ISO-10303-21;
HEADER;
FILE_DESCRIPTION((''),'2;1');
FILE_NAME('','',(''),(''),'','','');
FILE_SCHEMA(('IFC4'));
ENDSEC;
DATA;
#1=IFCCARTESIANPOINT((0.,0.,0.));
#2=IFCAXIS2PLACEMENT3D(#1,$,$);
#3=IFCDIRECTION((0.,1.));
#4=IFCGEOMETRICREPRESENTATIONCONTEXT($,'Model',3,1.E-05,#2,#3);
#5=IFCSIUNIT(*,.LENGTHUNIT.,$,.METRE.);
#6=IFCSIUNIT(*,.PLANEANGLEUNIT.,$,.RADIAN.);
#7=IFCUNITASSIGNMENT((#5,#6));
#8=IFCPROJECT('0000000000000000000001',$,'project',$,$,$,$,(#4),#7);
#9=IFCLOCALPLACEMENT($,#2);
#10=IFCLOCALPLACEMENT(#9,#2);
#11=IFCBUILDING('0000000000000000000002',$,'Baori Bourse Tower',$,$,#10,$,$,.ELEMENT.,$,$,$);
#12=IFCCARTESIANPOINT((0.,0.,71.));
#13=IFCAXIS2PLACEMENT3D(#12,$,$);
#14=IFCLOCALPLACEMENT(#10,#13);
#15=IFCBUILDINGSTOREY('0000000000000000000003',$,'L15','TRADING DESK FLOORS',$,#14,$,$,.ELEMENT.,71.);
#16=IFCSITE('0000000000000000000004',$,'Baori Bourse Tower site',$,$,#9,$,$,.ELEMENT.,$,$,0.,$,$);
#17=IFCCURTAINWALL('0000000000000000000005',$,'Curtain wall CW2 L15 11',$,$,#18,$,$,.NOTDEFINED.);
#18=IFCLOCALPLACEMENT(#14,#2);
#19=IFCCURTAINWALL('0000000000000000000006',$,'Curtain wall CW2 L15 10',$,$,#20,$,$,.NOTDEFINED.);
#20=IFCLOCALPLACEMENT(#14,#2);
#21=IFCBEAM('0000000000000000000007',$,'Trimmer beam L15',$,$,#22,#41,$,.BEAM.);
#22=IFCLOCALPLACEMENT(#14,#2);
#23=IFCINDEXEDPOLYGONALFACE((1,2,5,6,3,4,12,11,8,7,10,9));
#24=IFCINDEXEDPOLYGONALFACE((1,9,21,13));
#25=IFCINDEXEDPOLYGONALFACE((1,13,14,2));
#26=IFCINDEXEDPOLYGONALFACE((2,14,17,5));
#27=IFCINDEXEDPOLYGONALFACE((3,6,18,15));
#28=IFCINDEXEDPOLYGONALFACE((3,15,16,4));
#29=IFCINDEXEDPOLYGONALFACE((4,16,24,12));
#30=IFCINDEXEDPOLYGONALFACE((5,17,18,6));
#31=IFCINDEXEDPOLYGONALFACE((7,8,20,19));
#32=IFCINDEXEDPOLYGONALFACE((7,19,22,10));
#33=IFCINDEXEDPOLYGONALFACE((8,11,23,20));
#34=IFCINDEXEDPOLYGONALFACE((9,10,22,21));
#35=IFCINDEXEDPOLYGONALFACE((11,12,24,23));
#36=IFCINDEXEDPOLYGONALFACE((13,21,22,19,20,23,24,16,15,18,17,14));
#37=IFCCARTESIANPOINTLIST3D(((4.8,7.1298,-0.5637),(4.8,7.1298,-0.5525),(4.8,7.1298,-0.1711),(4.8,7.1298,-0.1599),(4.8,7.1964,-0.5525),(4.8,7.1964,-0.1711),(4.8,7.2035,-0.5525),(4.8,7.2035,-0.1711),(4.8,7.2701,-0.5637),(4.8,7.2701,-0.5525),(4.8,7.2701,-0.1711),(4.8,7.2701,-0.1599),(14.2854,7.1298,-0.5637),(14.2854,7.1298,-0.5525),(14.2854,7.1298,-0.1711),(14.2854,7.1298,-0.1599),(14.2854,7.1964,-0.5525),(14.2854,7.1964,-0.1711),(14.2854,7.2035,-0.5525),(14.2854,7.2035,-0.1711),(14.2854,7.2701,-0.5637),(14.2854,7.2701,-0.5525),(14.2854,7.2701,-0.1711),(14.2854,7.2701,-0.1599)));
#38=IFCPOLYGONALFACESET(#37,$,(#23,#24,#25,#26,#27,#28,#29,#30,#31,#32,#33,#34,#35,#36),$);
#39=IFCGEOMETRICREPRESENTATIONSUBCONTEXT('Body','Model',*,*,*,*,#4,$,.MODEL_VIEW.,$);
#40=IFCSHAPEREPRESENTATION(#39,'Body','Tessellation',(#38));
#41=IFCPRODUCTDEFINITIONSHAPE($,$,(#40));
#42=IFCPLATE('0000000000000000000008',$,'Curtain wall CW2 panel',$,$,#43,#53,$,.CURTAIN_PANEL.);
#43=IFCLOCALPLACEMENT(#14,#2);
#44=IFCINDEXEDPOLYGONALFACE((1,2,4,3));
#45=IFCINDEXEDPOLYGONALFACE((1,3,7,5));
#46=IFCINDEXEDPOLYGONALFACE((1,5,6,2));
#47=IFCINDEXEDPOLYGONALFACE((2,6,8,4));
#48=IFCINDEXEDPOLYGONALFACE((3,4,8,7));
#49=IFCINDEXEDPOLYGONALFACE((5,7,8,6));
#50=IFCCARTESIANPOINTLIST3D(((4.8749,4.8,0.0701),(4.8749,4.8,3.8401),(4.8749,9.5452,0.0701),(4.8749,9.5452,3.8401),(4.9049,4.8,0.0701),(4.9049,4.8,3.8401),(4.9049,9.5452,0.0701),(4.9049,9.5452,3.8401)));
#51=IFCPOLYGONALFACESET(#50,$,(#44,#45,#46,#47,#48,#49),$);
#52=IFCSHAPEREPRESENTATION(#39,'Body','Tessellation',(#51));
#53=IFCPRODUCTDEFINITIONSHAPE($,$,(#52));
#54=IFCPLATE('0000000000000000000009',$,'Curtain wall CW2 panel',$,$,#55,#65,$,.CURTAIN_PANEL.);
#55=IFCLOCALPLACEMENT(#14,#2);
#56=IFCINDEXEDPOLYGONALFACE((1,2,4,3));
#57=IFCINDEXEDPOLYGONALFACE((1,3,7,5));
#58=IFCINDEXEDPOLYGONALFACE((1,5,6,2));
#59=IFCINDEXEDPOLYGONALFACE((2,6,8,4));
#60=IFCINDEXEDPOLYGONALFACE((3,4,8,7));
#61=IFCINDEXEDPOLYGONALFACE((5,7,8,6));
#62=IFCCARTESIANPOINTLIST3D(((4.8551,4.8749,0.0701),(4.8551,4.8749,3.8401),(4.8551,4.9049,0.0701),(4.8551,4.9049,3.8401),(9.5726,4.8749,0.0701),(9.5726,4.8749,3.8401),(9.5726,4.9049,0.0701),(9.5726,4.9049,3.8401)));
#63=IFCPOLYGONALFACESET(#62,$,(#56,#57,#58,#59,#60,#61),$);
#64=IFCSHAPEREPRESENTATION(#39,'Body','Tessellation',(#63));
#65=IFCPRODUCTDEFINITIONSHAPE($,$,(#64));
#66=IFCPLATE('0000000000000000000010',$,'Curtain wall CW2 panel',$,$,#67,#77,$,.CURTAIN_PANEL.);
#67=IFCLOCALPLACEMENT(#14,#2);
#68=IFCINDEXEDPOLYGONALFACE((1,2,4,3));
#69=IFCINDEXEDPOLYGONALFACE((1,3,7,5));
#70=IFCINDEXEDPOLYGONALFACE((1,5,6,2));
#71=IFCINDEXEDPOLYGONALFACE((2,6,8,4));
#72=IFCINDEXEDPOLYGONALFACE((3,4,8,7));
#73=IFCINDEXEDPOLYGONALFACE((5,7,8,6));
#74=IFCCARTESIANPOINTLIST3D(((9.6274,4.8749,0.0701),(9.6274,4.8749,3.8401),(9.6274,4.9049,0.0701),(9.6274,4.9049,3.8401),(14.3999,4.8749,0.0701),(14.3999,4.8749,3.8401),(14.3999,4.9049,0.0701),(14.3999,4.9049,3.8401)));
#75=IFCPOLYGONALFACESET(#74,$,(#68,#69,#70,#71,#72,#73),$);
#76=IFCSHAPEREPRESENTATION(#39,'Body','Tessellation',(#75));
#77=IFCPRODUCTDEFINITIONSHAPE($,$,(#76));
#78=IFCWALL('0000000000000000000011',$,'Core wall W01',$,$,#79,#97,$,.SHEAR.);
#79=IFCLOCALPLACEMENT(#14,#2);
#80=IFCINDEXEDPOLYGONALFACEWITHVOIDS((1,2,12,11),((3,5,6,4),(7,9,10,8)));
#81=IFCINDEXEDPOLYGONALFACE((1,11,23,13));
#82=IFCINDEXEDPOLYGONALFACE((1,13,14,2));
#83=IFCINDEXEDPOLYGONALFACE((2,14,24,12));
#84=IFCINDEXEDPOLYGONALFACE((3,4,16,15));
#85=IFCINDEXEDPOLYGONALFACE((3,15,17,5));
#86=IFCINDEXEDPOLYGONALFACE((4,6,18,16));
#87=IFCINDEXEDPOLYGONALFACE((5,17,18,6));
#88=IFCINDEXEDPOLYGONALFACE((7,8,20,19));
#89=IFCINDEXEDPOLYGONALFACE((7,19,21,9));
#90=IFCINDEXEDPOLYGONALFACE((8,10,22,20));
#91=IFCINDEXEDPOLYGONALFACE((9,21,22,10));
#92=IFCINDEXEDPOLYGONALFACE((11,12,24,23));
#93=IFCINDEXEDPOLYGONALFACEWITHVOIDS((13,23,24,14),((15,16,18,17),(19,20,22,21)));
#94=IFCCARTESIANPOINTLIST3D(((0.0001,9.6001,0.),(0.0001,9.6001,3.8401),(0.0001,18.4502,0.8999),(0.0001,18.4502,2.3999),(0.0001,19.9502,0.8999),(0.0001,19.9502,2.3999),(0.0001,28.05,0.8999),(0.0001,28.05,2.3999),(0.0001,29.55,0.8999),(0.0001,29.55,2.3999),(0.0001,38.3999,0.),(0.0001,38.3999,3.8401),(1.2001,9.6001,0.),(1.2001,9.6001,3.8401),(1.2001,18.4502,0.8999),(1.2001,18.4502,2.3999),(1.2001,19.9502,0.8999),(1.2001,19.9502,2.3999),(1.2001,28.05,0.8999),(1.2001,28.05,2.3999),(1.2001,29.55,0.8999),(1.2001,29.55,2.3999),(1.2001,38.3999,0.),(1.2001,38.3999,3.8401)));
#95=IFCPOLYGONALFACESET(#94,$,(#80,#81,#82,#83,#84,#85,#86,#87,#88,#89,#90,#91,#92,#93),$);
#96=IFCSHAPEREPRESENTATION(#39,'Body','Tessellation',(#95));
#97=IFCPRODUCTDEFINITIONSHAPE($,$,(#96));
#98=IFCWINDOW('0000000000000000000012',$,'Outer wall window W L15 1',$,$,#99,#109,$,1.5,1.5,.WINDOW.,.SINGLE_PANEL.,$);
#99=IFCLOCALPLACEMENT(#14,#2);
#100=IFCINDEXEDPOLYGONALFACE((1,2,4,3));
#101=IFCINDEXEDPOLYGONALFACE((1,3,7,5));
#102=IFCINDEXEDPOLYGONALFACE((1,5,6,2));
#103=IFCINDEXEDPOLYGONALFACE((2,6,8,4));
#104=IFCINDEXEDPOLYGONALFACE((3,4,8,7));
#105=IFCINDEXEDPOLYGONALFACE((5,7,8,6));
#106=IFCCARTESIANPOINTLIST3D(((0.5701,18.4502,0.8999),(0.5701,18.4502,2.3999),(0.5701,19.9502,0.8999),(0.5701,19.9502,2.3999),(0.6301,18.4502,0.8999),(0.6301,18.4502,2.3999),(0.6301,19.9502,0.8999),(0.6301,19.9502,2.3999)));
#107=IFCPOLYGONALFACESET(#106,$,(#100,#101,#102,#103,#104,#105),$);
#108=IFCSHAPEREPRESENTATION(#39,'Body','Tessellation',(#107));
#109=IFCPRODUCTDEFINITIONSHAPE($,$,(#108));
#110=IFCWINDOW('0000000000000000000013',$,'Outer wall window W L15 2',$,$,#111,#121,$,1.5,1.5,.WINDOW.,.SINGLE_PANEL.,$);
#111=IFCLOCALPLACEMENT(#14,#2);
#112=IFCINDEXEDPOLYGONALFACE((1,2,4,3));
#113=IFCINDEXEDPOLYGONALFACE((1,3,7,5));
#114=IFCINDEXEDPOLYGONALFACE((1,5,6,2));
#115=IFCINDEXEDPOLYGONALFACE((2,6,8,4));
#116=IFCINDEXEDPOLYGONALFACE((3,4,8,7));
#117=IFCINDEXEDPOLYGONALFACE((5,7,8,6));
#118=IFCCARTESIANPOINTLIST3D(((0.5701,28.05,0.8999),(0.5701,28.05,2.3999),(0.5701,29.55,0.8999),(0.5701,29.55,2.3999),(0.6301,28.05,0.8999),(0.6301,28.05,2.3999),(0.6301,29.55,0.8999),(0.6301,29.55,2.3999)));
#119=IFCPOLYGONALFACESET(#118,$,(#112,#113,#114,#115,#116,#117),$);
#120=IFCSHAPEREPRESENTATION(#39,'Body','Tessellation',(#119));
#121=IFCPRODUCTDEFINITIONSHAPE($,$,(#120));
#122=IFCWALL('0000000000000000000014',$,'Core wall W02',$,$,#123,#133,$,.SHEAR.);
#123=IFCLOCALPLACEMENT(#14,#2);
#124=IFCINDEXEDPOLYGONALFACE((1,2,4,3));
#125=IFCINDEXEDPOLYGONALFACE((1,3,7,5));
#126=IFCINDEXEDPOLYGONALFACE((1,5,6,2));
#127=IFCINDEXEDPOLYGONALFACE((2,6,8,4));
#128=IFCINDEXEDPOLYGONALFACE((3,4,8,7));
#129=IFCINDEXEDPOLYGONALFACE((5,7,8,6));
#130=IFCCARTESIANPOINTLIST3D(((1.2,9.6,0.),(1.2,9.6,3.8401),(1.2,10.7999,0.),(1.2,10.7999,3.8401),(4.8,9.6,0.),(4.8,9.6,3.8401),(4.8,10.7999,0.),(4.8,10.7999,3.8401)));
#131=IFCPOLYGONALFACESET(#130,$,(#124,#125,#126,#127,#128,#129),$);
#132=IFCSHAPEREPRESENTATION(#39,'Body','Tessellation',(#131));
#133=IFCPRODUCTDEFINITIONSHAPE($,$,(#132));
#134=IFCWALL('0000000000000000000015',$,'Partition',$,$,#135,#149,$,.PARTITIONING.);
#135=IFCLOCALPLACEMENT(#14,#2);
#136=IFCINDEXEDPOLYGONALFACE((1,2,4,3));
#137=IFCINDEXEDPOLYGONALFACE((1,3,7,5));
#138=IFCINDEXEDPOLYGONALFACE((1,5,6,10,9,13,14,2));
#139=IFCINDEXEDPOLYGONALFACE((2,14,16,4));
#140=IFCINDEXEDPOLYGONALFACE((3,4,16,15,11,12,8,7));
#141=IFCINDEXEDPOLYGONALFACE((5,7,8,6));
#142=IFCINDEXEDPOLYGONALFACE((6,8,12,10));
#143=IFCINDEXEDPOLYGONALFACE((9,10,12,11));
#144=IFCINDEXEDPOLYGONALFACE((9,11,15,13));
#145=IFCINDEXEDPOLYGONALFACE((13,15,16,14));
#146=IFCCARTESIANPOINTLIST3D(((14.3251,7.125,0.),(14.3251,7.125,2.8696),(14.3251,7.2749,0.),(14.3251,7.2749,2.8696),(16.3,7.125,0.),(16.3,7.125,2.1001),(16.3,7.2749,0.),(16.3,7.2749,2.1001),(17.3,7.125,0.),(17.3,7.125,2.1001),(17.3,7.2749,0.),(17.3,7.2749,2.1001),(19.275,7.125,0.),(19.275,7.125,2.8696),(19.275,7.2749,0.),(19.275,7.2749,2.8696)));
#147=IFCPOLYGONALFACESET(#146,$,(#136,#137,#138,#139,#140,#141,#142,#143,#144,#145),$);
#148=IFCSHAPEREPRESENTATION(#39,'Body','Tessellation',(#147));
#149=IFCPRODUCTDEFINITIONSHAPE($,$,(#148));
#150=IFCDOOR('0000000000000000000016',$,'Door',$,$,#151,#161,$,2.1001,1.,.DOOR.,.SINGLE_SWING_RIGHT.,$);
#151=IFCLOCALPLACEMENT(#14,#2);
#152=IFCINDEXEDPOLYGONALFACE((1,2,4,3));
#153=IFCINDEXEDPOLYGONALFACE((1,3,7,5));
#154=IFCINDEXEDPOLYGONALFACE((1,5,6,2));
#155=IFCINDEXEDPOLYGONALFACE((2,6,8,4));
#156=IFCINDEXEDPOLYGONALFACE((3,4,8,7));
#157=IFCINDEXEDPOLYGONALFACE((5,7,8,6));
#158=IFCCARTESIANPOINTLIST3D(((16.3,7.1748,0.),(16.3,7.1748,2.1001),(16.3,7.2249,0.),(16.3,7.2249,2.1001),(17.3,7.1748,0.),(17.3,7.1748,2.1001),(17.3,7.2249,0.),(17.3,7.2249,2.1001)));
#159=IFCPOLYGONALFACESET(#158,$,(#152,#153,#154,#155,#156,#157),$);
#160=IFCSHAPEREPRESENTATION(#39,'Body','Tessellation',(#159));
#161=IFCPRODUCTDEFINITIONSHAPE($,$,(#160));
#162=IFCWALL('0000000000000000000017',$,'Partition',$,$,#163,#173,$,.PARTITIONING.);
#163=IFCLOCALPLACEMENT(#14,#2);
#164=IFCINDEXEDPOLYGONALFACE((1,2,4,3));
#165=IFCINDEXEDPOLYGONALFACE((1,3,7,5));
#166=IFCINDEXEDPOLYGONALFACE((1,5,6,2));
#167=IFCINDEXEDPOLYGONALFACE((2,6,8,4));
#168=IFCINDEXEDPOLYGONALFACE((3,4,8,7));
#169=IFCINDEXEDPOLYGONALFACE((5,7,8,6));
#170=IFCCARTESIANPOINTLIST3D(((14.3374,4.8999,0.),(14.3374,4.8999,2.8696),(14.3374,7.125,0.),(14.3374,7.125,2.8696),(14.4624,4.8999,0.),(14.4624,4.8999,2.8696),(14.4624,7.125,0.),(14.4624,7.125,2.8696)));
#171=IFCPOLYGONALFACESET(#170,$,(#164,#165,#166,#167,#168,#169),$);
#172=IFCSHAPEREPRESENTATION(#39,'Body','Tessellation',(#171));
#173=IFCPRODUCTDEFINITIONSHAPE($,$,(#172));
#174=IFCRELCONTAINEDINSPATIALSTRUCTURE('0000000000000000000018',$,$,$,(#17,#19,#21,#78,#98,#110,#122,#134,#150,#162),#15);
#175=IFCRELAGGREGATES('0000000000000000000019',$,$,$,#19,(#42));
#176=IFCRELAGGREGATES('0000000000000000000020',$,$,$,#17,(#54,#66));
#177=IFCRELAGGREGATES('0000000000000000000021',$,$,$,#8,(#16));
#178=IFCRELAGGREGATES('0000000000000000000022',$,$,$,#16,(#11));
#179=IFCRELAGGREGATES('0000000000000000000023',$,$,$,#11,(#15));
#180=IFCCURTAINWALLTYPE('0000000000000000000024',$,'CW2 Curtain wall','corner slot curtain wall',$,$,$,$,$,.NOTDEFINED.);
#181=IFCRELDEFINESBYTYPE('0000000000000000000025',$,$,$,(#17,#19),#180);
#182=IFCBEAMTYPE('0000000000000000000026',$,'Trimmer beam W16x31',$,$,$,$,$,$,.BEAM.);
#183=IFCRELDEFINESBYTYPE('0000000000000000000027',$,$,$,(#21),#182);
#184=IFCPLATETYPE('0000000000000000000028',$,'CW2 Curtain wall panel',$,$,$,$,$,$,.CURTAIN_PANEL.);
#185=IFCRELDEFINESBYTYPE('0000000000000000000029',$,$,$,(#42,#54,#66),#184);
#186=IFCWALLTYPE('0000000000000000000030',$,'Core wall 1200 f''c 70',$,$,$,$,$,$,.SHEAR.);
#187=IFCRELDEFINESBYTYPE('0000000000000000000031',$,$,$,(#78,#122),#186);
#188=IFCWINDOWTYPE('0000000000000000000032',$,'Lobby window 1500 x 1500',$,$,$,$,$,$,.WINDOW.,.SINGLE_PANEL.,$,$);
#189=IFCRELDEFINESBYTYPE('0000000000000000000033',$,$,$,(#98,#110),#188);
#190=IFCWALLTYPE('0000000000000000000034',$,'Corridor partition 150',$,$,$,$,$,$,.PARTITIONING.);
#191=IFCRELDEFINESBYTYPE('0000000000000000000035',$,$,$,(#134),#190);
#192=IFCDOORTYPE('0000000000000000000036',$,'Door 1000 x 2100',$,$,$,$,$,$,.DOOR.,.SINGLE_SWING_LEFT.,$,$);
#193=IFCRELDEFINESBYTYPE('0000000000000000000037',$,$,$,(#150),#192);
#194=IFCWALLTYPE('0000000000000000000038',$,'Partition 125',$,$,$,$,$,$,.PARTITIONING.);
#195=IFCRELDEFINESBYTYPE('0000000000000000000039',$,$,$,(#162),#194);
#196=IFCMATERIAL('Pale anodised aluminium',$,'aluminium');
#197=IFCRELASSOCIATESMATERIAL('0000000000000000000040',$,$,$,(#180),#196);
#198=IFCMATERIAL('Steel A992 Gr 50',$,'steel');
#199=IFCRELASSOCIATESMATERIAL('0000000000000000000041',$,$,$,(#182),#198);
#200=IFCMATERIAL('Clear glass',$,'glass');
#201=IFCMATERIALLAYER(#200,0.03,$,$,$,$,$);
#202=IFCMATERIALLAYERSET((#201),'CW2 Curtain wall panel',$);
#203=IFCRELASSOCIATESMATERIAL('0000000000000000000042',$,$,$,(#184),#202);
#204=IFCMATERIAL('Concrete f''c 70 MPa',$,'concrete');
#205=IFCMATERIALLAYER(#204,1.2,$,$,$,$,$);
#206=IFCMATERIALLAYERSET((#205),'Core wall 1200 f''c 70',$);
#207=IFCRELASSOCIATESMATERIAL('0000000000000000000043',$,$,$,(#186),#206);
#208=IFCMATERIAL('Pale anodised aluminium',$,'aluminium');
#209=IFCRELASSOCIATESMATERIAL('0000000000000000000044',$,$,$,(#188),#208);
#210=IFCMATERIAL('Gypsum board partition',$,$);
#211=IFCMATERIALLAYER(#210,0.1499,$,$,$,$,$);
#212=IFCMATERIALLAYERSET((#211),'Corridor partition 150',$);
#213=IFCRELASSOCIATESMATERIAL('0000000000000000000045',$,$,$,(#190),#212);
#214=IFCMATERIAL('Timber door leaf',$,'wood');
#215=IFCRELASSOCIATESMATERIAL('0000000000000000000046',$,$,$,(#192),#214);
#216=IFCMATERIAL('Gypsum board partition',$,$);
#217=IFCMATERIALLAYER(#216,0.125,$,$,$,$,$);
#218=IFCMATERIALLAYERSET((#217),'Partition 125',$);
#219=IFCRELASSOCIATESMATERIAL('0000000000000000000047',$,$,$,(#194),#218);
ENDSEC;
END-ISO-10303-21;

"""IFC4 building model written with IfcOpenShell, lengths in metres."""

from ifc_helpers import new_model, si_unit, direction, frame, frame_2d, origin, origin_2d, place, context, subcontext, project, spatial, rectangle, i_section, extrude, material, layer, layer_set, material_profile, profile_set, type_object, element, fill, aggregate, save


model = new_model("IFC4")

# Units and contexts
model_context = context("Model", 3, precision=1e-05, world=origin(), true_north=direction((0.0, 1.0)))
body_context = subcontext(model_context, "Body", "Model", "MODEL_VIEW")
ifc_project = project(units=[si_unit("LENGTHUNIT", "METRE"), si_unit("PLANEANGLEUNIT", "RADIAN")], contexts=[model_context])

# Site, building, storey
site_placement = place(None, origin())
site = spatial("IfcSite", under=ifc_project, at=site_placement, Name="Baori Bourse Tower site", CompositionType="ELEMENT", RefElevation=0.0)
building_placement = place(site_placement, origin())
building = spatial("IfcBuilding", under=site, at=building_placement, Name="Baori Bourse Tower", CompositionType="ELEMENT")
storey_placement = place(building_placement, frame((0.0, 0.0, 71.0)))
storey = spatial("IfcBuildingStorey", under=building, at=storey_placement, Name="L15", Description="TRADING DESK FLOORS", CompositionType="ELEMENT", Elevation=71.0)

# Curtain wall
ifc_material_1 = material(Name="Pale anodised aluminium", Category="aluminium")
curtain_wall_type = type_object("IfcCurtainWallType", Name="CW2 Curtain wall", Description="corner slot curtain wall", PredefinedType="NOTDEFINED", material=ifc_material_1)
curtain_wall_1_placement = place(storey_placement, origin())
curtain_wall_1 = element("IfcCurtainWall", 1, at=curtain_wall_1_placement, inside=storey, type_object=curtain_wall_type, Name="Curtain wall CW2 L15 11", PredefinedType="NOTDEFINED")

# Curtain wall
curtain_wall_2_placement = place(storey_placement, origin())
curtain_wall_2 = element("IfcCurtainWall", 2, at=curtain_wall_2_placement, inside=storey, type_object=curtain_wall_type, Name="Curtain wall CW2 L15 10", PredefinedType="NOTDEFINED")

# Beam
ifc_material_2 = material(Name="Steel A992 Gr 50", Category="steel")
ifc_material_profile_1 = material_profile(ifc_material_2, i_section(OverallWidth=0.1404, OverallDepth=0.4038, WebThickness=0.0071, FlangeThickness=0.0112, at=origin_2d()), Name="W16x31")
ifc_profile_set_1 = profile_set([ifc_material_profile_1], Name="Steel A992 Gr 50")
beam_type_1 = type_object("IfcBeamType", Name="Trimmer beam W16x31", PredefinedType="BEAM", material=ifc_profile_set_1)
beam_1_placement = place(storey_placement, frame((4.8, 7.2, -0.3618), z_axis=(1.0, 0.0, 0.0), x_axis=(0.0, 1.0, 0.0)))
element("IfcBeam", 3, at=beam_1_placement, inside=storey, type_object=beam_type_1, Name="Trimmer beam L15", PredefinedType="BEAM", context=body_context, shape_type="SweptSolid", body=[
    extrude(i_section(OverallWidth=0.1404, OverallDepth=0.4038, WebThickness=0.0071, FlangeThickness=0.0112, at=origin_2d()), origin(), (0.0, 0.0, 1.0), 9.4854),
])

# Plates
ifc_material_3 = material(Name="Clear glass", Category="glass")
ifc_layer_1 = layer(ifc_material_3, 0.03)
ifc_layer_set_1 = layer_set([ifc_layer_1], Name="CW2 Curtain wall panel")
plate_type = type_object("IfcPlateType", Name="CW2 Curtain wall panel", PredefinedType="CURTAIN_PANEL", material=ifc_layer_set_1)
plate_1_placement = place(storey_placement, frame((4.8899, 7.1726, 0.0701), z_axis=(0.0, 0.0, 1.0), x_axis=(0.0, -1.0, 0.0)))
plate_1 = element("IfcPlate", 4, at=plate_1_placement, type_object=plate_type, Name="Curtain wall CW2 panel", PredefinedType="CURTAIN_PANEL", context=body_context, shape_type="SweptSolid", body=[
    extrude(rectangle(XDim=4.7451, YDim=0.03, at=origin_2d()), origin(), (0.0, 0.0, 1.0), 3.77),
])
aggregate(curtain_wall_2, [plate_1])
plate_2_placement = place(storey_placement, frame((7.2139, 4.8899, 0.0701), z_axis=(0.0, 0.0, 1.0), x_axis=(1.0, 0.0, 0.0)))
plate_2 = element("IfcPlate", 5, at=plate_2_placement, type_object=plate_type, Name="Curtain wall CW2 panel", PredefinedType="CURTAIN_PANEL", context=body_context, shape_type="SweptSolid", body=[
    extrude(rectangle(XDim=4.7175, YDim=0.03, at=origin_2d()), origin(), (0.0, 0.0, 1.0), 3.77),
])
plate_3_placement = place(storey_placement, frame((12.0137, 4.8899, 0.0701), z_axis=(0.0, 0.0, 1.0), x_axis=(1.0, 0.0, 0.0)))
plate_3 = element("IfcPlate", 6, at=plate_3_placement, type_object=plate_type, Name="Curtain wall CW2 panel", PredefinedType="CURTAIN_PANEL", context=body_context, shape_type="SweptSolid", body=[
    extrude(rectangle(XDim=4.7725, YDim=0.03, at=origin_2d()), origin(), (0.0, 0.0, 1.0), 3.77),
])
aggregate(curtain_wall_1, [plate_2, plate_3])

# Wall, openings, windows
ifc_material_4 = material(Name="Concrete f'c 70 MPa", Category="concrete")
ifc_layer_2 = layer(ifc_material_4, 1.2)
ifc_layer_set_2 = layer_set([ifc_layer_2], Name="Core wall 1200 f'c 70")
wall_type_1 = type_object("IfcWallType", Name="Core wall 1200 f'c 70", PredefinedType="SHEAR", material=ifc_layer_set_2)
wall_1_placement = place(storey_placement, frame((0.6001, 9.6001, 0.0), z_axis=(0.0, 0.0, 1.0), x_axis=(0.0, 1.0, 0.0)))
wall_1 = element("IfcWall", 7, at=wall_1_placement, inside=storey, type_object=wall_type_1, Name="Core wall W01", PredefinedType="SHEAR", context=body_context, shape_type="SweptSolid", body=[
    extrude(rectangle(XDim=28.7998, YDim=1.2, at=frame_2d((14.3999, 0.0))), origin(), (0.0, 0.0, 1.0), 3.8401),
])
opening_1_placement = place(wall_1_placement, frame((8.8501, 0.0, 0.8999)))
opening_1 = element("IfcOpeningElement", 8, at=opening_1_placement, cuts=wall_1, PredefinedType="OPENING", context=body_context, shape_type="SweptSolid", body=[
    extrude(rectangle(XDim=1.5, YDim=1.5, at=frame_2d((0.75, 0.75))), frame((0.0, 0.6099, 0.0), z_axis=(0.0, -1.0, 0.0), x_axis=(1.0, 0.0, 0.0)), (0.0, 0.0, 1.0), 1.22),
])
opening_2_placement = place(wall_1_placement, frame((18.45, 0.0, 0.8999)))
opening_2 = element("IfcOpeningElement", 9, at=opening_2_placement, cuts=wall_1, PredefinedType="OPENING", context=body_context, shape_type="SweptSolid", body=[
    extrude(rectangle(XDim=1.5, YDim=1.5, at=frame_2d((0.75, 0.75))), frame((0.0, 0.6099, 0.0), z_axis=(0.0, -1.0, 0.0), x_axis=(1.0, 0.0, 0.0)), (0.0, 0.0, 1.0), 1.22),
])
ifc_material_5 = material(Name="Pale anodised aluminium", Category="aluminium")
window_type = type_object("IfcWindowType", Name="Lobby window 1500 x 1500", PartitioningType="SINGLE_PANEL", PredefinedType="WINDOW", material=ifc_material_5)
window_1_placement = place(opening_1_placement, origin())
window_1 = element("IfcWindow", 10, at=window_1_placement, inside=storey, type_object=window_type, Name="Outer wall window W L15 1", OverallHeight=1.5, OverallWidth=1.5, PartitioningType="SINGLE_PANEL", PredefinedType="WINDOW", context=body_context, shape_type="SweptSolid", body=[
    extrude(rectangle(XDim=1.5, YDim=1.5, at=frame_2d((0.75, 0.75))), frame((0.0, 0.03, 0.0), z_axis=(0.0, -1.0, 0.0), x_axis=(1.0, 0.0, 0.0)), (0.0, 0.0, 1.0), 0.0601),
])
fill(opening_1, window_1)
window_2_placement = place(opening_2_placement, origin())
window_2 = element("IfcWindow", 11, at=window_2_placement, inside=storey, type_object=window_type, Name="Outer wall window W L15 2", OverallHeight=1.5, OverallWidth=1.5, PartitioningType="SINGLE_PANEL", PredefinedType="WINDOW", context=body_context, shape_type="SweptSolid", body=[
    extrude(rectangle(XDim=1.5, YDim=1.5, at=frame_2d((0.75, 0.75))), frame((0.0, 0.03, 0.0), z_axis=(0.0, -1.0, 0.0), x_axis=(1.0, 0.0, 0.0)), (0.0, 0.0, 1.0), 0.0601),
])
fill(opening_2, window_2)

# Wall
wall_2_placement = place(storey_placement, frame((4.8, 10.2, 0.0), z_axis=(0.0, 0.0, 1.0), x_axis=(-1.0, 0.0, 0.0)))
element("IfcWall", 12, at=wall_2_placement, inside=storey, type_object=wall_type_1, Name="Core wall W02", PredefinedType="SHEAR", context=body_context, shape_type="SweptSolid", body=[
    extrude(rectangle(XDim=3.6001, YDim=1.2, at=frame_2d((1.8, 0.0))), origin(), (0.0, 0.0, 1.0), 3.8401),
])

# Wall, opening, door
ifc_material_6 = material(Name="Gypsum board partition")
ifc_layer_3 = layer(ifc_material_6, 0.1499)
ifc_layer_set_3 = layer_set([ifc_layer_3], Name="Corridor partition 150")
wall_type_2 = type_object("IfcWallType", Name="Corridor partition 150", PredefinedType="PARTITIONING", material=ifc_layer_set_3)
wall_3_placement = place(storey_placement, frame((14.325, 7.2, 0.0), z_axis=(0.0, 0.0, 1.0), x_axis=(1.0, 0.0, 0.0)))
wall_3 = element("IfcWall", 13, at=wall_3_placement, inside=storey, type_object=wall_type_2, Name="Partition", PredefinedType="PARTITIONING", context=body_context, shape_type="SweptSolid", body=[
    extrude(rectangle(XDim=4.95, YDim=0.1499, at=frame_2d((2.4751, 0.0))), origin(), (0.0, 0.0, 1.0), 2.8696),
])
opening_3_placement = place(wall_3_placement, frame((1.9751, 0.0, 0.0)))
opening_3 = element("IfcOpeningElement", 14, at=opening_3_placement, cuts=wall_3, PredefinedType="OPENING", context=body_context, shape_type="SweptSolid", body=[
    extrude(rectangle(XDim=1.0, YDim=2.1001, at=frame_2d((0.5, 1.05))), frame((0.0, 0.085, 0.0), z_axis=(0.0, -1.0, 0.0), x_axis=(1.0, 0.0, 0.0)), (0.0, 0.0, 1.0), 0.1699),
])
ifc_material_7 = material(Name="Timber door leaf", Category="wood")
door_type = type_object("IfcDoorType", Name="Door 1000 x 2100", OperationType="SINGLE_SWING_LEFT", PredefinedType="DOOR", material=ifc_material_7)
door_placement = place(opening_3_placement, origin())
door = element("IfcDoor", 15, at=door_placement, inside=storey, type_object=door_type, Name="Door", OperationType="SINGLE_SWING_RIGHT", OverallHeight=2.1001, OverallWidth=1.0, PredefinedType="DOOR", context=body_context, shape_type="SweptSolid", body=[
    extrude(rectangle(XDim=1.0, YDim=2.1001, at=frame_2d((0.5, 1.05))), frame((0.0, 0.0249, 0.0), z_axis=(0.0, -1.0, 0.0), x_axis=(1.0, 0.0, 0.0)), (0.0, 0.0, 1.0), 0.05),
])
fill(opening_3, door)

# Wall
ifc_material_8 = material(Name="Gypsum board partition")
ifc_layer_4 = layer(ifc_material_8, 0.125)
ifc_layer_set_4 = layer_set([ifc_layer_4], Name="Partition 125")
wall_type_3 = type_object("IfcWallType", Name="Partition 125", PredefinedType="PARTITIONING", material=ifc_layer_set_4)
wall_4_placement = place(storey_placement, frame((14.3999, 4.8999, 0.0), z_axis=(0.0, 0.0, 1.0), x_axis=(0.0, 1.0, 0.0)))
element("IfcWall", 16, at=wall_4_placement, inside=storey, type_object=wall_type_3, Name="Partition", PredefinedType="PARTITIONING", context=body_context, shape_type="SweptSolid", body=[
    extrude(rectangle(XDim=2.2251, YDim=0.125, at=frame_2d((1.1125, 0.0))), origin(), (0.0, 0.0, 1.0), 2.8696),
])

save(model, "model.ifc")
